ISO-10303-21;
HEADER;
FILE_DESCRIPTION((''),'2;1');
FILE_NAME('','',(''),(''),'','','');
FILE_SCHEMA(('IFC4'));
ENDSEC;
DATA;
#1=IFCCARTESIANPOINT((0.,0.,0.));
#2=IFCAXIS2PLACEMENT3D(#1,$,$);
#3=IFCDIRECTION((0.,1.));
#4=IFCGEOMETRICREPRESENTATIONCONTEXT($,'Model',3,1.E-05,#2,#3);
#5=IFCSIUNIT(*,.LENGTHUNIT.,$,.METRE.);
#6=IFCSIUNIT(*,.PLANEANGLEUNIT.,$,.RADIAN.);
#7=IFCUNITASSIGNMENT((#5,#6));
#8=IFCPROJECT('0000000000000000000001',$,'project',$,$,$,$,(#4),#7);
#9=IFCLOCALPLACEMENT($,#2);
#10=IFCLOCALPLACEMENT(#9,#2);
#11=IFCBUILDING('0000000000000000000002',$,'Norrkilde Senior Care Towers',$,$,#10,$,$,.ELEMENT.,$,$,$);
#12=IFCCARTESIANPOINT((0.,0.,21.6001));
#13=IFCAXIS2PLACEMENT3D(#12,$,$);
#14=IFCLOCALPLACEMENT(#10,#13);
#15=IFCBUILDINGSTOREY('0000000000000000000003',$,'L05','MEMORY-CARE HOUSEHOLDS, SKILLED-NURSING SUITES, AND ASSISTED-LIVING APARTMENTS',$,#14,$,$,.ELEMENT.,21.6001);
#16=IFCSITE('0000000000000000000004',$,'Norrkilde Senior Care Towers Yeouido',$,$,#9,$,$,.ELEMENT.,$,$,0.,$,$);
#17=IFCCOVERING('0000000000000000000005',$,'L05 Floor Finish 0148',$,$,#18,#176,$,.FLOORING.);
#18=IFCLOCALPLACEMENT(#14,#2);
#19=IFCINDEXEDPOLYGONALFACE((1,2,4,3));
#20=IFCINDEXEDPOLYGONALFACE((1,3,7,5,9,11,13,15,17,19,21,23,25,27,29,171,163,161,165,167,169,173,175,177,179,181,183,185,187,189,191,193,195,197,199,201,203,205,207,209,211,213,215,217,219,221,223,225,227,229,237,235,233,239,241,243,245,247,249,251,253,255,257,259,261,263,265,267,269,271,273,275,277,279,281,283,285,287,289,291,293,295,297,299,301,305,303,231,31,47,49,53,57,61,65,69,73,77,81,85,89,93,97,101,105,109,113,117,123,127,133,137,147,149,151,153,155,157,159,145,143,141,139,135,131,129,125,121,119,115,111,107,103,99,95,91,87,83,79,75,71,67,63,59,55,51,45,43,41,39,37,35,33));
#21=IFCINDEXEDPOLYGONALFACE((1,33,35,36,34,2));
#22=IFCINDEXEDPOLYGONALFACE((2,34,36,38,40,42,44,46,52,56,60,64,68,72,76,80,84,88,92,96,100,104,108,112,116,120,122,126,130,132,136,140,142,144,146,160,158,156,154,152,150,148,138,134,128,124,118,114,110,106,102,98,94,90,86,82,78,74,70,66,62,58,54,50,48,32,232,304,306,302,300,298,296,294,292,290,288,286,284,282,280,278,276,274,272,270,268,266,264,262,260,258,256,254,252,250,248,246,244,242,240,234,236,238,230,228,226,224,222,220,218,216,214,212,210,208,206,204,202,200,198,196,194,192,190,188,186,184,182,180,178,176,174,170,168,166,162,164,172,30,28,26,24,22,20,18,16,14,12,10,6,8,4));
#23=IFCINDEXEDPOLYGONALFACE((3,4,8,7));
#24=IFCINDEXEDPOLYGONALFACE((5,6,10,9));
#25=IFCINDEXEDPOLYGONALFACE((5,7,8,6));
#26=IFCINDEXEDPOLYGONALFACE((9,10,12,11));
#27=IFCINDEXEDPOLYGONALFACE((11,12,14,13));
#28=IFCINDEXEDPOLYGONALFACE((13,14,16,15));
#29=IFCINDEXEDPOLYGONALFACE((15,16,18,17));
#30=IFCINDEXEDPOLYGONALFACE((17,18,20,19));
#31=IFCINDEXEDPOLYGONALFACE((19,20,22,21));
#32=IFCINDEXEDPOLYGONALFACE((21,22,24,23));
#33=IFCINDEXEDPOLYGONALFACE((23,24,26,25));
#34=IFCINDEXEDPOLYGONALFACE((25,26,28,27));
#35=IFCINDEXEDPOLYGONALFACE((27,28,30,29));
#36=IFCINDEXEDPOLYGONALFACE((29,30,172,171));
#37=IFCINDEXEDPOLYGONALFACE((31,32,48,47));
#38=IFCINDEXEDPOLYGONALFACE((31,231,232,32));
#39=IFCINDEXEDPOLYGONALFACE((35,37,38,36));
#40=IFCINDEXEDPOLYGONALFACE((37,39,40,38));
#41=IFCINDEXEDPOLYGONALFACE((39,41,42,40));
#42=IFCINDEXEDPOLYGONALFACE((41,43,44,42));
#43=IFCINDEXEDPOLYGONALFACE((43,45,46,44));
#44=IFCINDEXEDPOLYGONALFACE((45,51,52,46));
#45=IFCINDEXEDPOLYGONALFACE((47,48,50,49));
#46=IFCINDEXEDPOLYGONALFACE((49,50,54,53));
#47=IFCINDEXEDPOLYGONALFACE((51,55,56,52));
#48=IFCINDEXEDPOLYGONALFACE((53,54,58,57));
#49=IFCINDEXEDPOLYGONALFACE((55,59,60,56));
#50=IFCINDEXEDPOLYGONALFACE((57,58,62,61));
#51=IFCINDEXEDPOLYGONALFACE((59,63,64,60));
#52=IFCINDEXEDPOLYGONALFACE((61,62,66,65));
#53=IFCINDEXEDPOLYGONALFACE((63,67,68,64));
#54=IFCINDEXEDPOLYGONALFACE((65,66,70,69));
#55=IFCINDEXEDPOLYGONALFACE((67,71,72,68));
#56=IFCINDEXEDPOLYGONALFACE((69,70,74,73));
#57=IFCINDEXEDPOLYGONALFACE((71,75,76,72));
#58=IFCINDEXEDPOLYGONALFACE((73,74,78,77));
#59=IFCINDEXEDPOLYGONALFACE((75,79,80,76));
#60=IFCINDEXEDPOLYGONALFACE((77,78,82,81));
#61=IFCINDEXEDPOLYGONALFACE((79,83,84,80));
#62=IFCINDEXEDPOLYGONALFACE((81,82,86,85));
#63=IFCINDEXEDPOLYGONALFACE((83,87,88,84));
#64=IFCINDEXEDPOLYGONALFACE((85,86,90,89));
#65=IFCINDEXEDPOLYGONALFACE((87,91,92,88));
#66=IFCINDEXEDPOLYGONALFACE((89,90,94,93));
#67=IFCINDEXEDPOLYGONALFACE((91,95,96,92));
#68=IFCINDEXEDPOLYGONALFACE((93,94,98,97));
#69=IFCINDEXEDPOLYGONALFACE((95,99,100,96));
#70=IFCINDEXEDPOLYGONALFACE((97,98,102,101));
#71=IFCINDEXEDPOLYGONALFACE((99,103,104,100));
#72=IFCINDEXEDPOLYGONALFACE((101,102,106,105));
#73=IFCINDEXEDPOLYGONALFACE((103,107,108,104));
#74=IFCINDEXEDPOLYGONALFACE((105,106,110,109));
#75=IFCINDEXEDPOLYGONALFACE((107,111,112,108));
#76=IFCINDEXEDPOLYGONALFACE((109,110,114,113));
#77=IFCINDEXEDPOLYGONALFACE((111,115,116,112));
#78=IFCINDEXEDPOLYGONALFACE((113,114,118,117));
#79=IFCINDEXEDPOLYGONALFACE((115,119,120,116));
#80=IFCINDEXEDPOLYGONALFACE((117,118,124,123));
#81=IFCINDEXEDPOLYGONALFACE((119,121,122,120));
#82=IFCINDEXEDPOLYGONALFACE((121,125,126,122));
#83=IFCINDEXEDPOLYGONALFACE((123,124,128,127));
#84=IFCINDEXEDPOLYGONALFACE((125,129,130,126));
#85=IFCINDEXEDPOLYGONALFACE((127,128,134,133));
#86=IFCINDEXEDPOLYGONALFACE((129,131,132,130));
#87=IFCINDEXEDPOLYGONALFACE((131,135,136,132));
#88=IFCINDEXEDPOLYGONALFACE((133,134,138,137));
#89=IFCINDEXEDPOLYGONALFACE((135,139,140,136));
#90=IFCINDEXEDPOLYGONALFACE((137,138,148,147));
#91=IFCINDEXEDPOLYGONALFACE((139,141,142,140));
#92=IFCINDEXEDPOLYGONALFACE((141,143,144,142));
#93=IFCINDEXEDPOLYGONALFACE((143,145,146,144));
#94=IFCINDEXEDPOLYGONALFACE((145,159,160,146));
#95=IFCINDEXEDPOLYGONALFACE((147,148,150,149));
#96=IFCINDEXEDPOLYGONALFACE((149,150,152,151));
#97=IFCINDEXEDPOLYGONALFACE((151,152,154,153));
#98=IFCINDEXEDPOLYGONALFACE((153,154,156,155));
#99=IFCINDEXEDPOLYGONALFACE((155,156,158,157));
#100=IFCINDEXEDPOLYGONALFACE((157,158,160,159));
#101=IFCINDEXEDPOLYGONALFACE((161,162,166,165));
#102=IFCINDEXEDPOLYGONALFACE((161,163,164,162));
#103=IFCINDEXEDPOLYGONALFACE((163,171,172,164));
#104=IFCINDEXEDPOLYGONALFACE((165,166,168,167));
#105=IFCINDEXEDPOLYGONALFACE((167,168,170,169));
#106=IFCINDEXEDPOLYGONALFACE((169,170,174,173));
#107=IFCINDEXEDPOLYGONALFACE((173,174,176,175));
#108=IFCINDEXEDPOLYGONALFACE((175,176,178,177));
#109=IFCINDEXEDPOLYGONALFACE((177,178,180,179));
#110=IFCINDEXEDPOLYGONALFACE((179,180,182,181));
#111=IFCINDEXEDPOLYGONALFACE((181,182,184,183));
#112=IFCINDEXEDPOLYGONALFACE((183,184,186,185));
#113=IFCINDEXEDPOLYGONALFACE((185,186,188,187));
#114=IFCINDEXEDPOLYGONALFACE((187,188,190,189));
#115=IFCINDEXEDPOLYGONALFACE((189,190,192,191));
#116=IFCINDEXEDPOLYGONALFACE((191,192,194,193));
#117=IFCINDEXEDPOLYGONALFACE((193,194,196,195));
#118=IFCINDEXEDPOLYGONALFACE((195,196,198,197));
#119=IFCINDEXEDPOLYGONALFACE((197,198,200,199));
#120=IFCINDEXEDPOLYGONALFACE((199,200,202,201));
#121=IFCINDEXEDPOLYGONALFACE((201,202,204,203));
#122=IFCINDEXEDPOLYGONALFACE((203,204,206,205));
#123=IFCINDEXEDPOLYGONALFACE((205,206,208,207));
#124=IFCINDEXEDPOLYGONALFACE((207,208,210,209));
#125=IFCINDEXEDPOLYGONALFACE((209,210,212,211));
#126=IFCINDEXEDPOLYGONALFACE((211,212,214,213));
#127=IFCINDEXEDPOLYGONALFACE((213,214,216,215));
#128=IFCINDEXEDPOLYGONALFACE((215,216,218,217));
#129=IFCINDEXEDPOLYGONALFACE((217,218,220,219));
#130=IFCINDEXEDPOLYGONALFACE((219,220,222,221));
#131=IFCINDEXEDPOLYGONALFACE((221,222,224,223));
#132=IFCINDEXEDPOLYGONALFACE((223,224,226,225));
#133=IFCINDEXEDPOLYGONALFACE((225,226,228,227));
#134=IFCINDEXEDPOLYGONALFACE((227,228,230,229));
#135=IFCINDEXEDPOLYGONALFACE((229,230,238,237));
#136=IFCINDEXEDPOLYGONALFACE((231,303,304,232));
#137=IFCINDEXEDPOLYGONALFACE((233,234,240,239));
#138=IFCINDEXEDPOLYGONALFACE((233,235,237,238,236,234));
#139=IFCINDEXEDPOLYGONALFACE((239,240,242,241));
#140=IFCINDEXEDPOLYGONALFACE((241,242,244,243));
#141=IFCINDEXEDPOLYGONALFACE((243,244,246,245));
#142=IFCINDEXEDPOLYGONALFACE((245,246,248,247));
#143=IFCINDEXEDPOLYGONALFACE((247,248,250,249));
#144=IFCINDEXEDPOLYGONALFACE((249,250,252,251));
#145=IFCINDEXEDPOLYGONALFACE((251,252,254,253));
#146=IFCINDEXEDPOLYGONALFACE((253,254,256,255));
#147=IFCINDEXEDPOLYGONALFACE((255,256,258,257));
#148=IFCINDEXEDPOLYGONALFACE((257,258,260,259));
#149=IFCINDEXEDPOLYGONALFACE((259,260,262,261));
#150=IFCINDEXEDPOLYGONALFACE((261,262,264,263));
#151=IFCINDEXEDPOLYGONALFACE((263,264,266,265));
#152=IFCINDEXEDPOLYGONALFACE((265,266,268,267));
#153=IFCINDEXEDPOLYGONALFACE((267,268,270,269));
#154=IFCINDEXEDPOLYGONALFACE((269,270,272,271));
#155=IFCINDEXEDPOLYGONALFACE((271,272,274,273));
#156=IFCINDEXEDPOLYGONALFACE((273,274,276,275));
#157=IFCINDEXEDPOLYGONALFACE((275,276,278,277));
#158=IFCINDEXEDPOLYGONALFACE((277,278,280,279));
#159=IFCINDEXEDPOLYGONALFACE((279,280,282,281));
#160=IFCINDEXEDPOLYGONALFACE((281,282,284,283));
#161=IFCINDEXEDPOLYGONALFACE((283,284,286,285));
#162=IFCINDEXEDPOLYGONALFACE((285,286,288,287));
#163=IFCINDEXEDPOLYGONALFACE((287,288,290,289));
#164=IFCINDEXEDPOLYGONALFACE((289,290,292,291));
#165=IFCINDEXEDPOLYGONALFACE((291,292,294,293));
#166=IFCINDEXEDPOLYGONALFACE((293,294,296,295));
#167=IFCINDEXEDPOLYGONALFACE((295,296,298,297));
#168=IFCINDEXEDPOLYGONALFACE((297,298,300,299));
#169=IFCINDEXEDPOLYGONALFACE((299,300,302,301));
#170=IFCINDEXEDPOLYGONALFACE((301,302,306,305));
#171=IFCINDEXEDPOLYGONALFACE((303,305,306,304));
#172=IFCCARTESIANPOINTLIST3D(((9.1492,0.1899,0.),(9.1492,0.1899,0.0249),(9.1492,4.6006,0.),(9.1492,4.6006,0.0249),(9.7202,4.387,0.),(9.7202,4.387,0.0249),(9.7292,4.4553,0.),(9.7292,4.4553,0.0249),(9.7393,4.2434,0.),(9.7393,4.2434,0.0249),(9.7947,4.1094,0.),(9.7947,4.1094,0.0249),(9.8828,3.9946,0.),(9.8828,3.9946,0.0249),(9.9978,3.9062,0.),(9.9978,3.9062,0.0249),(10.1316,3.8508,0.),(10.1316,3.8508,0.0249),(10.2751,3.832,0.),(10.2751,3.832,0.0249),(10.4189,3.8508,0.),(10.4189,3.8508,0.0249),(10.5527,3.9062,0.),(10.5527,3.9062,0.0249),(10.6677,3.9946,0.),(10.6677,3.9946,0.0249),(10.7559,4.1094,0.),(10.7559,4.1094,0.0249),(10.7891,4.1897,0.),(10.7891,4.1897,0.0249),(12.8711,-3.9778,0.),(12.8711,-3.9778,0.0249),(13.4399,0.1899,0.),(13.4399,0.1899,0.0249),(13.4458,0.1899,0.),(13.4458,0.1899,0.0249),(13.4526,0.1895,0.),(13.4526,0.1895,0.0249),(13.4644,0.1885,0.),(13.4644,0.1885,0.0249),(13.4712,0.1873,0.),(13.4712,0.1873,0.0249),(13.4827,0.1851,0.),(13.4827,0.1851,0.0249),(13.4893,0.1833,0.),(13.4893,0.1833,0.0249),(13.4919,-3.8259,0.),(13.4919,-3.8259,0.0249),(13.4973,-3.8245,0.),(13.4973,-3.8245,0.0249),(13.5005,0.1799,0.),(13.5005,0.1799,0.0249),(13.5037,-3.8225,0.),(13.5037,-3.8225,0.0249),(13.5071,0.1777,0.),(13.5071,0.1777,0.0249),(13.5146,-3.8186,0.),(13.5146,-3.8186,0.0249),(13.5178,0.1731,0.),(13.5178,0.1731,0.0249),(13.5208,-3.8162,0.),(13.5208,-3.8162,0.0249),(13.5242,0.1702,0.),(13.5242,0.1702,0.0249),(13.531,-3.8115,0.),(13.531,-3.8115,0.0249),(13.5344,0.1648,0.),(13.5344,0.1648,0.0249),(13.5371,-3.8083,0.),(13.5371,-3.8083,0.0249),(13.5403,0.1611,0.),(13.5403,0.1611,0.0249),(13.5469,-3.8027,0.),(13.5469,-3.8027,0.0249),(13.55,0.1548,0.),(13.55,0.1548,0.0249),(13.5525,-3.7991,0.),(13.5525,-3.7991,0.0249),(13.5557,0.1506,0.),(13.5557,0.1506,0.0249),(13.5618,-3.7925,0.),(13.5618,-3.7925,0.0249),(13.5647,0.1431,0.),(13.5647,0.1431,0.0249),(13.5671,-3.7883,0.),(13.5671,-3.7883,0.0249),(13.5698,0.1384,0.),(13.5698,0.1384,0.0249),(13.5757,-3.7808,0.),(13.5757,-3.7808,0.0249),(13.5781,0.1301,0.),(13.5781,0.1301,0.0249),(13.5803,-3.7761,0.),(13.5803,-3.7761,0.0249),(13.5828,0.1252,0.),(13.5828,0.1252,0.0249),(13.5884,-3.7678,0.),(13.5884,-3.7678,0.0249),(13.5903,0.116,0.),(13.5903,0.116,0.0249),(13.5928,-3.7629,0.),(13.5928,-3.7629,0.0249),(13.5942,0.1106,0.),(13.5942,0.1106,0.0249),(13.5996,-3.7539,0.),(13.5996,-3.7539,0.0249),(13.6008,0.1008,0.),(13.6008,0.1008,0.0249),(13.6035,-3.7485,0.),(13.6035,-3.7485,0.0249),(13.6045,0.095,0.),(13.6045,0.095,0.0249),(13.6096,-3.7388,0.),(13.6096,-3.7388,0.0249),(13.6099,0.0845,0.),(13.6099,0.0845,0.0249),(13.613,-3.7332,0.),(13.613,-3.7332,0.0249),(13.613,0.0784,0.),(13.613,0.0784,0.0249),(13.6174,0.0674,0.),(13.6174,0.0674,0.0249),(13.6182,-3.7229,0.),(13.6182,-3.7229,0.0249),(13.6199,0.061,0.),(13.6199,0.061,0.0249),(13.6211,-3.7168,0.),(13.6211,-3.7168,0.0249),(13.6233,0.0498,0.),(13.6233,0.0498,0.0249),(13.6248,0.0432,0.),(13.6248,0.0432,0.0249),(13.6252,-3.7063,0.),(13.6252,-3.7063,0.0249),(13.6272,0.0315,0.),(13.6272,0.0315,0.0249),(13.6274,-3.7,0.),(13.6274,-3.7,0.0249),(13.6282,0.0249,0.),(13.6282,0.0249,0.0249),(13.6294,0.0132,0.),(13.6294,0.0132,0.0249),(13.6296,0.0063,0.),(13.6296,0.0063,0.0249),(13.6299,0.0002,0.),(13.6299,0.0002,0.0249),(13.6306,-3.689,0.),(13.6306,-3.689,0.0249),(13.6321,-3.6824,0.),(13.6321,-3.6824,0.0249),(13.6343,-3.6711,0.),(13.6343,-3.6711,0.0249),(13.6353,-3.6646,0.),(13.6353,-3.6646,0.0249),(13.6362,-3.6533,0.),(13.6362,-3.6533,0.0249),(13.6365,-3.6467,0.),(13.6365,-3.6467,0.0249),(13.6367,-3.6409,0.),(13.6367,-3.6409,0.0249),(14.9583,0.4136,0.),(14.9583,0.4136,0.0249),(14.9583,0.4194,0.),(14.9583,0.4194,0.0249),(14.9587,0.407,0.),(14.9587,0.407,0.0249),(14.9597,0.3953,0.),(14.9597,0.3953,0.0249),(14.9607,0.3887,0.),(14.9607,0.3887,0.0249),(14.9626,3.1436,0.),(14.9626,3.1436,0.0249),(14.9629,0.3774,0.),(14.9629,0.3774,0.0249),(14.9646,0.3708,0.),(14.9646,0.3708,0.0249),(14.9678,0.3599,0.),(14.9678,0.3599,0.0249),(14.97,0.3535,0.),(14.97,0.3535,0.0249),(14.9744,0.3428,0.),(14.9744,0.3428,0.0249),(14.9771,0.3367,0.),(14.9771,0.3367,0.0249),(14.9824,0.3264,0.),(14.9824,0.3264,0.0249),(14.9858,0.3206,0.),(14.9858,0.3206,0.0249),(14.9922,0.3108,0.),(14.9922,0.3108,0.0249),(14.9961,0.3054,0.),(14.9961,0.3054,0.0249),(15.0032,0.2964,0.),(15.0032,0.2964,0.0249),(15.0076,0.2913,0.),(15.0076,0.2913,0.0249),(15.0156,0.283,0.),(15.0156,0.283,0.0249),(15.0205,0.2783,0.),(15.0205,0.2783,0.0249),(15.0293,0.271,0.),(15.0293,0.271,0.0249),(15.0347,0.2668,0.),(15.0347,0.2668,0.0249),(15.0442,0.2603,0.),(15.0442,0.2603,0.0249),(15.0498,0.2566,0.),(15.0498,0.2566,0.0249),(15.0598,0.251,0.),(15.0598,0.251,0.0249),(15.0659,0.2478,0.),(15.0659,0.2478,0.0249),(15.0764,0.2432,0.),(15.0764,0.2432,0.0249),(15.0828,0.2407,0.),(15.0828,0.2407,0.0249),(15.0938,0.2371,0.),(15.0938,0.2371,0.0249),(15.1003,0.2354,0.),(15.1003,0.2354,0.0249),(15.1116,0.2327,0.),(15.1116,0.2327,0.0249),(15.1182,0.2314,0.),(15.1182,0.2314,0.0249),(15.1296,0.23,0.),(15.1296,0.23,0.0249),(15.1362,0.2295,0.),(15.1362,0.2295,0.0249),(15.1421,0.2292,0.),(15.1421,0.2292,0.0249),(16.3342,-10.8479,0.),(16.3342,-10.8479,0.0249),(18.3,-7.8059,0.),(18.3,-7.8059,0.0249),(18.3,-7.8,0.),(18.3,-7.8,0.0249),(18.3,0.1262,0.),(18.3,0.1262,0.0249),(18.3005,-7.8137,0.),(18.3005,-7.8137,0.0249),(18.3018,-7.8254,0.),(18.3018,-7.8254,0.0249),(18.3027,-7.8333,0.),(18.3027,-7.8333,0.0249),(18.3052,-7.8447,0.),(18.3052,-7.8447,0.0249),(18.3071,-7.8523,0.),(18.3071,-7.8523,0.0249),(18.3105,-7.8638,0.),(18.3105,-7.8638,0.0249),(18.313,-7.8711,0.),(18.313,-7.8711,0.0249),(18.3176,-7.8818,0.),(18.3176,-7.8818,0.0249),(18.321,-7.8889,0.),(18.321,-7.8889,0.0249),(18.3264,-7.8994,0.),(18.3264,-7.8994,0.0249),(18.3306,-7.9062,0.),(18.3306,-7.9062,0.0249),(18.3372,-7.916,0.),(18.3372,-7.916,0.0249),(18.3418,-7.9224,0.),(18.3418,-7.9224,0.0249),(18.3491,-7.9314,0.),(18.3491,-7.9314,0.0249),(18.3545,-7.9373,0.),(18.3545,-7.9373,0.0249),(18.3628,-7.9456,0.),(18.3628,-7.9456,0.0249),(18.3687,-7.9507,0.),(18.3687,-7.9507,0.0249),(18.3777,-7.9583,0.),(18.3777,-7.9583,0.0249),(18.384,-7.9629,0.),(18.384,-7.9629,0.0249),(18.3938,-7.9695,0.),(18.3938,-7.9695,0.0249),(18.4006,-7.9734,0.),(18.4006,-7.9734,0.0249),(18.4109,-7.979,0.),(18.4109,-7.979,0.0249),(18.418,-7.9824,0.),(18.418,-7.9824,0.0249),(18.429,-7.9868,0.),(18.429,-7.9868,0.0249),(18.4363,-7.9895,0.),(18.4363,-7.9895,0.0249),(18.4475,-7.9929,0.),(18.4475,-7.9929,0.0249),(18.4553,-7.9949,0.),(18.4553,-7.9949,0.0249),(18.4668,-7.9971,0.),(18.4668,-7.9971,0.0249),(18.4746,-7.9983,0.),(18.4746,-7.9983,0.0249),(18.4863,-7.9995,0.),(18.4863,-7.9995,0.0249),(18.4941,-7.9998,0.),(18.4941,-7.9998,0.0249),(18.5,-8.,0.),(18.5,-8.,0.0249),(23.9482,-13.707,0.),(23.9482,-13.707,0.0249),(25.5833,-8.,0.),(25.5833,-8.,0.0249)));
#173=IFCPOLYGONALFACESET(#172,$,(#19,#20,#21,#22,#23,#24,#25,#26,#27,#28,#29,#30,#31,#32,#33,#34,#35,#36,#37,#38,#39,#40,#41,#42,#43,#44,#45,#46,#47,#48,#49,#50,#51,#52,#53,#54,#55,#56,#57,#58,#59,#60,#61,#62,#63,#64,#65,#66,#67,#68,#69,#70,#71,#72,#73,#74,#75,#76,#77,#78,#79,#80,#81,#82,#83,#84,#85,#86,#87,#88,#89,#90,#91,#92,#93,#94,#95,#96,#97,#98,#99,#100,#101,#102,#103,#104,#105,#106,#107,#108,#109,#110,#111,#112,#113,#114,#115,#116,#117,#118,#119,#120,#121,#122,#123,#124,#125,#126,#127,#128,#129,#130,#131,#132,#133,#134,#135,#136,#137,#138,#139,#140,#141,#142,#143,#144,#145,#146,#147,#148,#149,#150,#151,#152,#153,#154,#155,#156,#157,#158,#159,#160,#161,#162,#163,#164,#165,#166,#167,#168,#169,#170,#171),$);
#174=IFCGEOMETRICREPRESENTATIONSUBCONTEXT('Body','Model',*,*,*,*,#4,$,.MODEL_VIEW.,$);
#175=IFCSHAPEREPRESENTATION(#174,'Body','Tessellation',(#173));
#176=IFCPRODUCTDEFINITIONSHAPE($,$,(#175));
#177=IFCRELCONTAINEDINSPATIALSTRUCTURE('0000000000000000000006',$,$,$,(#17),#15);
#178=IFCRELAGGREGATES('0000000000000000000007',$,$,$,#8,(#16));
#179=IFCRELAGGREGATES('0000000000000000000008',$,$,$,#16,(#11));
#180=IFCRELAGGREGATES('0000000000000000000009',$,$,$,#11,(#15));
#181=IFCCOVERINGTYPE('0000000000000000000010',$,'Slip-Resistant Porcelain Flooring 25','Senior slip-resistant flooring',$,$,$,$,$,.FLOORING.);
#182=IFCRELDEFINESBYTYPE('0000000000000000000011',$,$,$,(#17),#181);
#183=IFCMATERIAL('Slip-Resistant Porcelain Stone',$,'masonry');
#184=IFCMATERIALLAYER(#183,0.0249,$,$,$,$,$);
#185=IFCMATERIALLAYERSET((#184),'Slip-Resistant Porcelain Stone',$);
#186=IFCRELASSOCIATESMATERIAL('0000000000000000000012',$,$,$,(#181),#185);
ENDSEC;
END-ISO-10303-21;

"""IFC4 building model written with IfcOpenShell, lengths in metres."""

from ifc_helpers import new_model, si_unit, direction, frame, origin, place, context, subcontext, project, spatial, polyline, outline, extrude, material, layer, layer_set, type_object, element, save


model = new_model("IFC4")

# Units and contexts
model_context = context("Model", 3, precision=1e-05, world=origin(), true_north=direction((0.0, 1.0)))
body_context = subcontext(model_context, "Body", "Model", "MODEL_VIEW")
ifc_project = project(units=[si_unit("LENGTHUNIT", "METRE"), si_unit("PLANEANGLEUNIT", "RADIAN")], contexts=[model_context])

# Site, building, storey
site_placement = place(None, origin())
site = spatial("IfcSite", under=ifc_project, at=site_placement, Name="Norrkilde Senior Care Towers Yeouido", CompositionType="ELEMENT", RefElevation=0.0)
building_placement = place(site_placement, origin())
building = spatial("IfcBuilding", under=site, at=building_placement, Name="Norrkilde Senior Care Towers", CompositionType="ELEMENT")
storey_placement = place(building_placement, frame((0.0, 0.0, 21.6001)))
storey = spatial("IfcBuildingStorey", under=building, at=storey_placement, Name="L05", Description="MEMORY-CARE HOUSEHOLDS, SKILLED-NURSING SUITES, AND ASSISTED-LIVING APARTMENTS", CompositionType="ELEMENT", Elevation=21.6001)

# Covering
ifc_material_1 = material(Name="Slip-Resistant Porcelain Stone", Category="masonry")
ifc_layer_1 = layer(ifc_material_1, 0.0249)
ifc_layer_set_1 = layer_set([ifc_layer_1], Name="Slip-Resistant Porcelain Stone")
covering_type_1 = type_object("IfcCoveringType", Name="Slip-Resistant Porcelain Flooring 25", Description="Senior slip-resistant flooring", PredefinedType="FLOORING", material=ifc_layer_set_1)
covering_1_placement = place(storey_placement, origin())
element("IfcCovering", 1, at=covering_1_placement, inside=storey, type_object=covering_type_1, Name="L05 Floor Finish 0148", PredefinedType="FLOORING", context=body_context, shape_type="SweptSolid", body=[
    extrude(outline(polyline([(14.9607, 0.3887), (14.9629, 0.3774), (14.9646, 0.3708), (14.9678, 0.3599), (14.97, 0.3535), (14.9744, 0.3428), (14.9771, 0.3367), (14.9824, 0.3264), (14.9858, 0.3206), (14.9922, 0.3108), (14.9961, 0.3054), (15.0032, 0.2964), (15.0076, 0.2913), (15.0156, 0.283), (15.0205, 0.2783), (15.0293, 0.271), (15.0347, 0.2668), (15.0442, 0.2603), (15.0498, 0.2566), (15.0598, 0.251), (15.0659, 0.2478), (15.0764, 0.2432), (15.0828, 0.2407), (15.0938, 0.2371), (15.1003, 0.2354), (15.1116, 0.2327), (15.1182, 0.2314), (15.1296, 0.23), (15.1362, 0.2295), (15.1421, 0.2292), (18.3, 0.1262), (18.3, -7.8), (18.3, -7.8059), (18.3005, -7.8137), (18.3018, -7.8254), (18.3027, -7.8333), (18.3052, -7.8447), (18.3071, -7.8523), (18.3105, -7.8638), (18.313, -7.8711), (18.3176, -7.8818), (18.321, -7.8889), (18.3264, -7.8994), (18.3306, -7.9062), (18.3372, -7.916), (18.3418, -7.9224), (18.3491, -7.9314), (18.3545, -7.9373), (18.3628, -7.9456), (18.3687, -7.9507), (18.3777, -7.9583), (18.384, -7.9629), (18.3938, -7.9695), (18.4006, -7.9734), (18.4109, -7.979), (18.418, -7.9824), (18.429, -7.9868), (18.4363, -7.9895), (18.4475, -7.9929), (18.4553, -7.9949), (18.4668, -7.9971), (18.4746, -7.9983), (18.4863, -7.9995), (18.4941, -7.9998), (18.5, -8.0), (25.5833, -8.0), (23.9482, -13.707), (16.3342, -10.8479), (12.8711, -3.9778), (13.4919, -3.8259), (13.4973, -3.8245), (13.5037, -3.8225), (13.5146, -3.8186), (13.5208, -3.8162), (13.531, -3.8115), (13.5371, -3.8083), (13.5469, -3.8027), (13.5525, -3.7991), (13.5618, -3.7925), (13.5671, -3.7883), (13.5757, -3.7808), (13.5803, -3.7761), (13.5884, -3.7678), (13.5928, -3.7629), (13.5996, -3.7539), (13.6035, -3.7485), (13.6096, -3.7388), (13.613, -3.7332), (13.6182, -3.7229), (13.6211, -3.7168), (13.6252, -3.7063), (13.6274, -3.7), (13.6306, -3.689), (13.6321, -3.6824), (13.6343, -3.6711), (13.6353, -3.6646), (13.6362, -3.6533), (13.6365, -3.6467), (13.6367, -3.6409), (13.6299, 0.0002), (13.6296, 0.0063), (13.6294, 0.0132), (13.6282, 0.0249), (13.6272, 0.0315), (13.6248, 0.0432), (13.6233, 0.0498), (13.6199, 0.061), (13.6174, 0.0674), (13.613, 0.0784), (13.6099, 0.0845), (13.6045, 0.095), (13.6008, 0.1008), (13.5942, 0.1106), (13.5903, 0.116), (13.5828, 0.1252), (13.5781, 0.1301), (13.5698, 0.1384), (13.5647, 0.1431), (13.5557, 0.1506), (13.55, 0.1548), (13.5403, 0.1611), (13.5344, 0.1648), (13.5242, 0.1702), (13.5178, 0.1731), (13.5071, 0.1777), (13.5005, 0.1799), (13.4893, 0.1833), (13.4827, 0.1851), (13.4712, 0.1873), (13.4644, 0.1885), (13.4526, 0.1895), (13.4458, 0.1899), (13.4399, 0.1899), (9.1492, 0.1899), (9.1492, 4.6006), (9.7292, 4.4553), (9.7202, 4.387), (9.7393, 4.2434), (9.7947, 4.1094), (9.8828, 3.9946), (9.9978, 3.9062), (10.1316, 3.8508), (10.2751, 3.832), (10.4189, 3.8508), (10.5527, 3.9062), (10.6677, 3.9946), (10.7559, 4.1094), (10.7891, 4.1897), (14.9626, 3.1436), (14.9583, 0.4194), (14.9583, 0.4136), (14.9587, 0.407), (14.9597, 0.3953), (14.9607, 0.3887)])), origin(), (0.0, 0.0, 1.0), 0.0249),
])

save(model, "model.ifc")
